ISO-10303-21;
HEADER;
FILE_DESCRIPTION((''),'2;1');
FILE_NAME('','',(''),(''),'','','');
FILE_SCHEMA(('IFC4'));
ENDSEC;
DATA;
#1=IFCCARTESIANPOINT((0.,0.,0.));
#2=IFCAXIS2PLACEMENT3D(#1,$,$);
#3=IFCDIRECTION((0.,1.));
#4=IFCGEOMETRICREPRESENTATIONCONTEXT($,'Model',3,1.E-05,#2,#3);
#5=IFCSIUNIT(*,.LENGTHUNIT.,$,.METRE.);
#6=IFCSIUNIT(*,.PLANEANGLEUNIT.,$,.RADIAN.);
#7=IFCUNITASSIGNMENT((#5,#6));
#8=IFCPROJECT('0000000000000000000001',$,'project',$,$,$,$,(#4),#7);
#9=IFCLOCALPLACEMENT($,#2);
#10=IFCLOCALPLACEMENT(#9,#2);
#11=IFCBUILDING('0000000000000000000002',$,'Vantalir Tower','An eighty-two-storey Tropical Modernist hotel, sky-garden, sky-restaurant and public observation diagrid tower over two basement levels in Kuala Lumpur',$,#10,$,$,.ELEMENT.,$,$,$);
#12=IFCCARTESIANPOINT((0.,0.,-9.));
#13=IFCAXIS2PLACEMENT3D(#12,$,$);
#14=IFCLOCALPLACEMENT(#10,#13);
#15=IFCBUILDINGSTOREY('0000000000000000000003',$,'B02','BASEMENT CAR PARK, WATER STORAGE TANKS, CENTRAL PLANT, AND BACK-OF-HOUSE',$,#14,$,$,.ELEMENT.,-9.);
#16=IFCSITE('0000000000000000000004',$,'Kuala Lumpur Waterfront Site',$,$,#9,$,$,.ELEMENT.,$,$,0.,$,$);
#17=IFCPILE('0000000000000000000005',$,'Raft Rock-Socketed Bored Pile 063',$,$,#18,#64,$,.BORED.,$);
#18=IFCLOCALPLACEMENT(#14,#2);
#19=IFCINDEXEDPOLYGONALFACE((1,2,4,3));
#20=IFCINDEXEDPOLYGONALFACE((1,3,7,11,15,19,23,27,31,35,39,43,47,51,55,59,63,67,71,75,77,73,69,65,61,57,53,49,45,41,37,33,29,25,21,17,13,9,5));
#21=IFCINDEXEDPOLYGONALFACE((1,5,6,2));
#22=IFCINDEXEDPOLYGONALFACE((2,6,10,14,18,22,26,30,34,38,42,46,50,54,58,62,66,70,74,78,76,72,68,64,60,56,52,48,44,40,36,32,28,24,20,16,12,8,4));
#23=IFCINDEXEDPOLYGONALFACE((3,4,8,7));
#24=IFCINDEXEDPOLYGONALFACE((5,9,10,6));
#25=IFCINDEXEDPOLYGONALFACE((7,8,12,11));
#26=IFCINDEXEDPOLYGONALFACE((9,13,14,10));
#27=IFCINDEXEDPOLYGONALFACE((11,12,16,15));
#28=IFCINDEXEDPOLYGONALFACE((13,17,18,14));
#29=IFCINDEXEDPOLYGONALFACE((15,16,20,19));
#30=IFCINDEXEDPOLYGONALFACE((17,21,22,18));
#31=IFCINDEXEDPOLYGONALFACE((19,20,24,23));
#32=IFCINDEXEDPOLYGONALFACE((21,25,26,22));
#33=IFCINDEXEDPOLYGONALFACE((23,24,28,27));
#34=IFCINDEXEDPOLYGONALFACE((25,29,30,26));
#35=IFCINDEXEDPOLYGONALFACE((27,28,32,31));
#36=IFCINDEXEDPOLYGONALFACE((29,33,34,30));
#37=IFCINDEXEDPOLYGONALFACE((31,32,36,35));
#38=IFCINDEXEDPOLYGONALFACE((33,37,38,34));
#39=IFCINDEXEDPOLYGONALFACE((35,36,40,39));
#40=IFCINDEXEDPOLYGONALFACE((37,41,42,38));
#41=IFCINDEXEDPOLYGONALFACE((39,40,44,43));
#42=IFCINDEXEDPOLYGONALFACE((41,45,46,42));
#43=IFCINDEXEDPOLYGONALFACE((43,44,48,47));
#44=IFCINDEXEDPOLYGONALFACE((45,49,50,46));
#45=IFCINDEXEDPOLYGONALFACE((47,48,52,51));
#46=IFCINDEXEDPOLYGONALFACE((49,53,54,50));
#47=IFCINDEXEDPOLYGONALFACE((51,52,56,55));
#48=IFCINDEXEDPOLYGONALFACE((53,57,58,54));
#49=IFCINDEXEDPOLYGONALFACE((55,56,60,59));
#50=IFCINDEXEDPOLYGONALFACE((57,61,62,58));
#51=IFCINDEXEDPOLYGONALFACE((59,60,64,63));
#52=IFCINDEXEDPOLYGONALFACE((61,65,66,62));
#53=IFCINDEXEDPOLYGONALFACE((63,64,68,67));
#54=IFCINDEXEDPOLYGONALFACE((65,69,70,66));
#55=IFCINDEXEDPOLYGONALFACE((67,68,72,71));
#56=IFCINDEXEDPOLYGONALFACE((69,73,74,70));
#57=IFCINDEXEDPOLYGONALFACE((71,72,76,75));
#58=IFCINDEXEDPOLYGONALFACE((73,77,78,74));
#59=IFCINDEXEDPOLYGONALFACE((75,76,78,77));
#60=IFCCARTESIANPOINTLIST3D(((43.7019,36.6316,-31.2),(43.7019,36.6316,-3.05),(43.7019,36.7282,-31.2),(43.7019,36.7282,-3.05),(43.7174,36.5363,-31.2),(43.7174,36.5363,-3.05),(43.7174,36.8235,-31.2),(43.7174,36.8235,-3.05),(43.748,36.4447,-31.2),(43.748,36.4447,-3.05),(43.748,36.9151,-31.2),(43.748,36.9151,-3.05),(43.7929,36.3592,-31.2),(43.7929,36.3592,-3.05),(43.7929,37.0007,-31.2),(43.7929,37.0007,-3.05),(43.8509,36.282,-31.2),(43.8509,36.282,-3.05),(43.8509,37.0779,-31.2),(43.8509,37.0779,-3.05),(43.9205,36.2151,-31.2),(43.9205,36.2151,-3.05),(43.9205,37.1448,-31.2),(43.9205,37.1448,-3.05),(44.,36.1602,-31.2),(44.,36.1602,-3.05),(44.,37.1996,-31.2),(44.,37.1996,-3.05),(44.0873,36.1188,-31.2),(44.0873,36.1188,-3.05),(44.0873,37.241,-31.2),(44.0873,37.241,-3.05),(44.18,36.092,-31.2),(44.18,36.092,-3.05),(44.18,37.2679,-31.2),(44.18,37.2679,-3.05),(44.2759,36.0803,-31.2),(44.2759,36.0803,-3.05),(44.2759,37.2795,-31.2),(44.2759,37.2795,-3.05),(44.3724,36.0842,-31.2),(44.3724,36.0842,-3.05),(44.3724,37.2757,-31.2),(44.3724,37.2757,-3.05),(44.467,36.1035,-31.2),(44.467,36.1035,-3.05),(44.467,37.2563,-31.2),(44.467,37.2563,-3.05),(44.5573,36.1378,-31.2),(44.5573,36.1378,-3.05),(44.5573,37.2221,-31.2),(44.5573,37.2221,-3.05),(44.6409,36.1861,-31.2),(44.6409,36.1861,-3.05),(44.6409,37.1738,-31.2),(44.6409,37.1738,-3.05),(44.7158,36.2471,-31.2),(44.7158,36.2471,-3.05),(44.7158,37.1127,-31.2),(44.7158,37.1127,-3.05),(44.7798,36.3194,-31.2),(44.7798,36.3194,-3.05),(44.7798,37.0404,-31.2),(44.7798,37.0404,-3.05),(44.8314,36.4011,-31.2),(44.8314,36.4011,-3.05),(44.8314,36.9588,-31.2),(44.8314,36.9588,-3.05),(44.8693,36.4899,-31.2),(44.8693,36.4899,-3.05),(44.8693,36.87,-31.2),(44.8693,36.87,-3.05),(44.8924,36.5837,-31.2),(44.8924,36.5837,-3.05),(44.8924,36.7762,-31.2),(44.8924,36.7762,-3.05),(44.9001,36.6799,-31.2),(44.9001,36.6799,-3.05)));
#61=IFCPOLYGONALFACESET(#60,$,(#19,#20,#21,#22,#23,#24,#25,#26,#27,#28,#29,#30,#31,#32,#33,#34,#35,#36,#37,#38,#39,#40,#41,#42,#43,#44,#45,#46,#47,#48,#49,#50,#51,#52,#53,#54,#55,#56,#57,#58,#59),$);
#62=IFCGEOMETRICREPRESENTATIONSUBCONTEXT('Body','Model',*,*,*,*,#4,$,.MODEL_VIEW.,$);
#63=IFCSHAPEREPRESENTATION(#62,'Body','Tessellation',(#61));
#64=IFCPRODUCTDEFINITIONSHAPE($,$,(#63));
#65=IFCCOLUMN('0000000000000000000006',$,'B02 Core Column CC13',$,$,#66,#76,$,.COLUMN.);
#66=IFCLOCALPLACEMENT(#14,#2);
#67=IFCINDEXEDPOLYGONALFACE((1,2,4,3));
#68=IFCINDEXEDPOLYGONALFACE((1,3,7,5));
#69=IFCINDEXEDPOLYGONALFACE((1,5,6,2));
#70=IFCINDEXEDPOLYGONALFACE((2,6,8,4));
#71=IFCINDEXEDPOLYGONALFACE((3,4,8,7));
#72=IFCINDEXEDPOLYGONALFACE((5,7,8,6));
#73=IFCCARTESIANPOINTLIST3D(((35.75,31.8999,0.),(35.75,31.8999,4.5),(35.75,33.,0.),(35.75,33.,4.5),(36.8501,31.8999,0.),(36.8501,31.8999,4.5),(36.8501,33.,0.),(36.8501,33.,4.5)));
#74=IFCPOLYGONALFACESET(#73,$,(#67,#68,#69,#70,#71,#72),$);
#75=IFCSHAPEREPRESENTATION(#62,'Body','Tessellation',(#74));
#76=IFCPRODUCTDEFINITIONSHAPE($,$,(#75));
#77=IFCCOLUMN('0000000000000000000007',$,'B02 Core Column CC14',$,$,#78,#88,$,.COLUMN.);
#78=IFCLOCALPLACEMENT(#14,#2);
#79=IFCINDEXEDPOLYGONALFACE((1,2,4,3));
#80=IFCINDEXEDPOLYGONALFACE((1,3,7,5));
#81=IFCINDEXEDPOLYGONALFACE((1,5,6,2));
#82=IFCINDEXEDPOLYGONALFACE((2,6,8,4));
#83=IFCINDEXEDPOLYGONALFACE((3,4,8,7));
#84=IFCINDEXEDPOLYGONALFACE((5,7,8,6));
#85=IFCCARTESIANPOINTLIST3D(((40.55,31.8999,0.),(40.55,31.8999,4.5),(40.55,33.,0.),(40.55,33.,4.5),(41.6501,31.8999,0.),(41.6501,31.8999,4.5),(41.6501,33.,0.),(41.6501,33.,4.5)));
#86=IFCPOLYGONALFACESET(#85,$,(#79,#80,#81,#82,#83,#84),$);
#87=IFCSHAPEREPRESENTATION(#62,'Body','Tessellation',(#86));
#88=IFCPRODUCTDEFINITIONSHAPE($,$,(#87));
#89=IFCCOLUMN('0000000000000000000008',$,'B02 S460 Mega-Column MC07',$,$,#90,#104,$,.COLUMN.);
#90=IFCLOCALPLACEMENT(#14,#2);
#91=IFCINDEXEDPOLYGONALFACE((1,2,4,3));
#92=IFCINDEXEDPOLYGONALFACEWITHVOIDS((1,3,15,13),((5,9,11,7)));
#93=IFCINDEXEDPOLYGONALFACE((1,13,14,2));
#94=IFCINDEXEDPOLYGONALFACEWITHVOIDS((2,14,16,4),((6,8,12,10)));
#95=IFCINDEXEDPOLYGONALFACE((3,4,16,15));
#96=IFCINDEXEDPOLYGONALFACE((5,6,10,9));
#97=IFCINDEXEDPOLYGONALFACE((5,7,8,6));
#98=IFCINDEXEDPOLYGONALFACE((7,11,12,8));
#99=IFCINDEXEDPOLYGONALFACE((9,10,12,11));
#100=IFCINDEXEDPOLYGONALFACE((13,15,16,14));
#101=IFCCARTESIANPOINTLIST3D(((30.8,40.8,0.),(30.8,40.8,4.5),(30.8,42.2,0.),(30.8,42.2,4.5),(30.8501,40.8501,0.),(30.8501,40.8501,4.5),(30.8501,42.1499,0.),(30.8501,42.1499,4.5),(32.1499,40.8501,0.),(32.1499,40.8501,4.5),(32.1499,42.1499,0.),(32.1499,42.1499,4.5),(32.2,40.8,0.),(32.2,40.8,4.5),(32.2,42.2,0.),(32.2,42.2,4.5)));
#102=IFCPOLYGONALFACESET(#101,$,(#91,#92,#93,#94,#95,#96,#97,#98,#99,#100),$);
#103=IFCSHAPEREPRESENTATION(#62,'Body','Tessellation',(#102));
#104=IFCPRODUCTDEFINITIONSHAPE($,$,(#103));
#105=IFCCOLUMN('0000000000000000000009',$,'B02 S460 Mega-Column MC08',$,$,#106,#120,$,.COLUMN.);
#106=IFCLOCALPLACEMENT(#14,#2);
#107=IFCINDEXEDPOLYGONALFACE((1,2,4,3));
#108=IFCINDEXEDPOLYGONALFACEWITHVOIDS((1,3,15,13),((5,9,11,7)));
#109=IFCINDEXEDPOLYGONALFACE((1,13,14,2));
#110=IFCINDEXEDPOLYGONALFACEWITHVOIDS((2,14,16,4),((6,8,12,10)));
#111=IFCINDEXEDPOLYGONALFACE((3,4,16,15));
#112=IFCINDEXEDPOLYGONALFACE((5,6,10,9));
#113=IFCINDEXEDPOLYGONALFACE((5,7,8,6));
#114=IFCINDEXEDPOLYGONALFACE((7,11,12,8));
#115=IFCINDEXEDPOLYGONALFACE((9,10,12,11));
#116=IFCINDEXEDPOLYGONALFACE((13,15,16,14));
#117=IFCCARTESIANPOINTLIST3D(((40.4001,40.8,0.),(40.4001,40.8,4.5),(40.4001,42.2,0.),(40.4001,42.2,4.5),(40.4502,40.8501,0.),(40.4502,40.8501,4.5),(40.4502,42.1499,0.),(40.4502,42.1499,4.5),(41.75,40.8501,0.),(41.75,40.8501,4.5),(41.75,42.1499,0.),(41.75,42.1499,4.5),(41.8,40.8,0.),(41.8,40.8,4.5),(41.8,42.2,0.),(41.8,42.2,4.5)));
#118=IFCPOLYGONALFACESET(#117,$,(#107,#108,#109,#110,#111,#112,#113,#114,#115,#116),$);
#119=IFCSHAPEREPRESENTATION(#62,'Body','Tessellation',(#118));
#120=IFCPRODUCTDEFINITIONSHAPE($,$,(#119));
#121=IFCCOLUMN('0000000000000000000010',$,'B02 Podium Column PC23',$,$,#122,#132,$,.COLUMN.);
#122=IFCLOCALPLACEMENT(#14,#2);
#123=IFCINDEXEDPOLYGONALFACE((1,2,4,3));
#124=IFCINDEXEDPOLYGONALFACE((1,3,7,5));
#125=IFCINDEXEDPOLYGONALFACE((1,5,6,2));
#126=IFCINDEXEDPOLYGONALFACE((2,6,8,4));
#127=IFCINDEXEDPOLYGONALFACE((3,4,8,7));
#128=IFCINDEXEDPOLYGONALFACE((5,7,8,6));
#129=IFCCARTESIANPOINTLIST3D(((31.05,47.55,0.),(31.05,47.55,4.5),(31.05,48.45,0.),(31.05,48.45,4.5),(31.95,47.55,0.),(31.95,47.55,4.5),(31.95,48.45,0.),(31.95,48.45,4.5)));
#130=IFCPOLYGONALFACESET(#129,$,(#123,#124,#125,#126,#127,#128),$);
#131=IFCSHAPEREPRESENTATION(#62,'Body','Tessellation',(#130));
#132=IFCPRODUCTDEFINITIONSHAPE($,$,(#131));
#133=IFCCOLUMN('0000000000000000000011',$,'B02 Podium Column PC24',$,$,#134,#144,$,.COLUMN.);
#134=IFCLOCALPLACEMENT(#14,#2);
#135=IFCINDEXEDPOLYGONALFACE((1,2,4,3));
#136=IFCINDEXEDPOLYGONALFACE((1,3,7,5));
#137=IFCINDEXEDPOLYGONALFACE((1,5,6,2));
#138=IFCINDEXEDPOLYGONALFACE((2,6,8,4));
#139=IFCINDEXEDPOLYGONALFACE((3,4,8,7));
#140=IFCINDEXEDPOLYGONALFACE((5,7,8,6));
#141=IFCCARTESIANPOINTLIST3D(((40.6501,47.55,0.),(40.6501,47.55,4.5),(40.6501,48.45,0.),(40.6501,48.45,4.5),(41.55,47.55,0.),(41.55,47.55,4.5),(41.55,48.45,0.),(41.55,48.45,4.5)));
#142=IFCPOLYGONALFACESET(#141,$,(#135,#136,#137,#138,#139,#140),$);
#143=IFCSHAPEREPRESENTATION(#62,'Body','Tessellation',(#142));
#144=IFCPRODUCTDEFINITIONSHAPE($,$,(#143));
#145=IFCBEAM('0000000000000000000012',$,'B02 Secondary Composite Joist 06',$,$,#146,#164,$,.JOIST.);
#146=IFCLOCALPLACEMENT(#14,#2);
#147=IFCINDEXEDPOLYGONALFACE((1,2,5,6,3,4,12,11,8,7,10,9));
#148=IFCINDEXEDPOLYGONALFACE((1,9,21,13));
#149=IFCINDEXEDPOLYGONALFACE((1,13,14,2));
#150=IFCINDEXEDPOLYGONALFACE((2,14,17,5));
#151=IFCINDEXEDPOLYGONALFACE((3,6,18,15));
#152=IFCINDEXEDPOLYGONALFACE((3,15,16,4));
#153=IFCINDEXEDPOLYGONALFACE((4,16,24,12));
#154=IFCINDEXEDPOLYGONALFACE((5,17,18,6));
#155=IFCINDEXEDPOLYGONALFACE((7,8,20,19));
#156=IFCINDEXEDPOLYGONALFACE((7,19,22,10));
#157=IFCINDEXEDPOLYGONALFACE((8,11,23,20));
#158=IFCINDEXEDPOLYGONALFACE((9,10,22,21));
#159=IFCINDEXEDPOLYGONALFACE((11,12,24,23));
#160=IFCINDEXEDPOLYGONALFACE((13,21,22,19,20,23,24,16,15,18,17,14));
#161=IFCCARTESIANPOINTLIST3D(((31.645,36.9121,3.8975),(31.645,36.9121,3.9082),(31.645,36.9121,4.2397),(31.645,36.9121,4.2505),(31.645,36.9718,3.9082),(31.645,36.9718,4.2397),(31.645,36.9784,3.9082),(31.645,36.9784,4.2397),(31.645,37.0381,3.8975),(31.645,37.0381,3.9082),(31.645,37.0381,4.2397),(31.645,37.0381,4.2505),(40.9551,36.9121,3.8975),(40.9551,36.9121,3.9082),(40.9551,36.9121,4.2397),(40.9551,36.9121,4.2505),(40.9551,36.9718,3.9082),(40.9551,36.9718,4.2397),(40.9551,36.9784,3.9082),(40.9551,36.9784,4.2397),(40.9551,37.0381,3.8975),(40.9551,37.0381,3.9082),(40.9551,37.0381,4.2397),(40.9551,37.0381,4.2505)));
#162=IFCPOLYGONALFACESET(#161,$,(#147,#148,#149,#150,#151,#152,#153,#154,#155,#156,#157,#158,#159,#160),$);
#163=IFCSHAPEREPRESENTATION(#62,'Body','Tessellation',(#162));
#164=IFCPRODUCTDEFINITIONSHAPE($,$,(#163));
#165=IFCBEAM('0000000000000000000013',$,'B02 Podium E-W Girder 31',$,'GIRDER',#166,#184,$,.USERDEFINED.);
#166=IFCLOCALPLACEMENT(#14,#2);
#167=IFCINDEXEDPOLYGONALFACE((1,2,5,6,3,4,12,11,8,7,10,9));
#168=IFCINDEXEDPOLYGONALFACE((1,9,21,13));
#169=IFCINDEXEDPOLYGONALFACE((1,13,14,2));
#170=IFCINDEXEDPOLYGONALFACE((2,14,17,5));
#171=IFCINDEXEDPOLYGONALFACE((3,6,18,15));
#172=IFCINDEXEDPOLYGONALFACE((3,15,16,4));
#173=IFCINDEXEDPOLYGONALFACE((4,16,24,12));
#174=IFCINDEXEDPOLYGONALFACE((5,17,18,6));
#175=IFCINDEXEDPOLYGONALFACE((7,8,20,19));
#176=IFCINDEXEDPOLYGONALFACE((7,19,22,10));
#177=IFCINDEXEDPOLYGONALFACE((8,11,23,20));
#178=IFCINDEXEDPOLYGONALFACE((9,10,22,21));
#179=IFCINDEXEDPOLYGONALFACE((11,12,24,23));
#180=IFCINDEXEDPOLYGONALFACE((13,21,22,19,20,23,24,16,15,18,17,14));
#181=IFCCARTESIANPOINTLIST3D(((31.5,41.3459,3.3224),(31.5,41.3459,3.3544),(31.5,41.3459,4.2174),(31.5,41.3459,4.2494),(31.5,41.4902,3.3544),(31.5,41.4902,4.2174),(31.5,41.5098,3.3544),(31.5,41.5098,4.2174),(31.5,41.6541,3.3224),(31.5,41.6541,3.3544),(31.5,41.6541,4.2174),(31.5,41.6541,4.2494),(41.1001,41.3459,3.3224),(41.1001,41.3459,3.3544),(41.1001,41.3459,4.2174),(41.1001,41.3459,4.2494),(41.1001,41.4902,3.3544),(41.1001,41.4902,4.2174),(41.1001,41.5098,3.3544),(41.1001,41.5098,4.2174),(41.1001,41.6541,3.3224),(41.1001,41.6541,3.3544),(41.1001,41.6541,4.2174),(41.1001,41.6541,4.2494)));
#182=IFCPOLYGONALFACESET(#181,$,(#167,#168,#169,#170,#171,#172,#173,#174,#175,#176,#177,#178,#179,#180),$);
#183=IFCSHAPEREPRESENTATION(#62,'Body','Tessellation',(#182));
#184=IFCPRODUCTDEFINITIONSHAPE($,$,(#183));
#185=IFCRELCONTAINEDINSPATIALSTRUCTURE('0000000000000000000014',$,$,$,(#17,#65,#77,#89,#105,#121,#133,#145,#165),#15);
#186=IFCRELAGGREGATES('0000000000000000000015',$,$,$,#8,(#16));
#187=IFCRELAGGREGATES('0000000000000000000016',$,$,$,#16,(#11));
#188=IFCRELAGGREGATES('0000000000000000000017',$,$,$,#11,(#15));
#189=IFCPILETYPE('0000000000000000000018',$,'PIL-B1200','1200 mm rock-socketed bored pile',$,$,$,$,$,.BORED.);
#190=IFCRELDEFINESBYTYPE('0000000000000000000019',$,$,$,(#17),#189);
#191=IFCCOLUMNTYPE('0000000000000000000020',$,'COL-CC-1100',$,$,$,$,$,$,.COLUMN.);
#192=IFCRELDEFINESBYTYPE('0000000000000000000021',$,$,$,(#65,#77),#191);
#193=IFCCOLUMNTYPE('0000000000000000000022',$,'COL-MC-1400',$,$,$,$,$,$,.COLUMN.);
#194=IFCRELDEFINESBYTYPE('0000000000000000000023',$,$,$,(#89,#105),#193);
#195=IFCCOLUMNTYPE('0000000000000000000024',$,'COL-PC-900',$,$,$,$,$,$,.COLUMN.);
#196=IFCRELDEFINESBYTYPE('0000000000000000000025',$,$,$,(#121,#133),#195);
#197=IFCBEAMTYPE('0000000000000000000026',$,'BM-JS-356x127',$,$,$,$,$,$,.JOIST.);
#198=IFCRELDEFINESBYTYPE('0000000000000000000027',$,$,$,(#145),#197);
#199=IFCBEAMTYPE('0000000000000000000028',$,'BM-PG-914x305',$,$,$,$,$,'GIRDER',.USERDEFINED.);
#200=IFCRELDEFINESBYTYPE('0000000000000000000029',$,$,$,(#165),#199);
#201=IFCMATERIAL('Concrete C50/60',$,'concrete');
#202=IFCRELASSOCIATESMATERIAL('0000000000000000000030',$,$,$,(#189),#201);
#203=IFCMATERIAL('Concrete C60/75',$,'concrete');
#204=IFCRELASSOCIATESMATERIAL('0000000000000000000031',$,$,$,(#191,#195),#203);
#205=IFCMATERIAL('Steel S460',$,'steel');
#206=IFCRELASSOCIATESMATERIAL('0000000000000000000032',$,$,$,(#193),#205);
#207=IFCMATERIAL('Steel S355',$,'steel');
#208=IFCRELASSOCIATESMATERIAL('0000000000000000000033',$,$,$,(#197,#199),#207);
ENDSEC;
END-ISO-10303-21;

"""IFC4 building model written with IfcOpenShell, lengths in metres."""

from ifc_helpers import new_model, si_unit, direction, frame, origin, origin_2d, place, context, subcontext, project, spatial, rectangle, hollow_rectangle, circle, i_section, extrude, material, material_profile, profile_set, type_object, element, save


model = new_model("IFC4")

# Units and contexts
model_context = context("Model", 3, precision=1e-05, world=origin(), true_north=direction((0.0, 1.0)))
body_context = subcontext(model_context, "Body", "Model", "MODEL_VIEW")
ifc_project = project(units=[si_unit("LENGTHUNIT", "METRE"), si_unit("PLANEANGLEUNIT", "RADIAN")], contexts=[model_context])

# Site, building, storey
site_placement = place(None, origin())
site = spatial("IfcSite", under=ifc_project, at=site_placement, Name="Kuala Lumpur Waterfront Site", CompositionType="ELEMENT", RefElevation=0.0)
building_placement = place(site_placement, origin())
building = spatial("IfcBuilding", under=site, at=building_placement, Name="Vantalir Tower", Description="An eighty-two-storey Tropical Modernist hotel, sky-garden, sky-restaurant and public observation diagrid tower over two basement levels in Kuala Lumpur", CompositionType="ELEMENT")
storey_placement = place(building_placement, frame((0.0, 0.0, -9.0)))
storey = spatial("IfcBuildingStorey", under=building, at=storey_placement, Name="B02", Description="BASEMENT CAR PARK, WATER STORAGE TANKS, CENTRAL PLANT, AND BACK-OF-HOUSE", CompositionType="ELEMENT", Elevation=-9.0)

# Shared definitions
ifc_material_1 = material(Name="Concrete C50/60", Category="concrete")

# Pile
ifc_material_profile_1 = material_profile(ifc_material_1, circle(Radius=0.6001, at=origin_2d()), Name="Concrete C50/60")
ifc_profile_set_1 = profile_set([ifc_material_profile_1], Name="Concrete C50/60")
pile_type_1 = type_object("IfcPileType", Name="PIL-B1200", Description="1200 mm rock-socketed bored pile", PredefinedType="BORED", material=ifc_profile_set_1)
for number, where, z_axis, x_axis, name in (
    (1, (44.3, 36.6799, -3.05), (0.0, 0.0, -1.0), (1.0, 0.0, 0.0), "Raft Rock-Socketed Bored Pile 063"),
):
    element("IfcPile", number, at=place(storey_placement, frame(where, z_axis=z_axis, x_axis=x_axis)), inside=storey, type_object=pile_type_1, Name=name, PredefinedType="BORED", context=body_context, shape_type="SweptSolid", body=[
        extrude(circle(Radius=0.6001, at=origin_2d()), origin(), (0.0, 0.0, 1.0), 28.1499),
    ])

# Columns
ifc_material_2 = material(Name="Concrete C60/75", Category="concrete")
ifc_material_profile_2 = material_profile(ifc_material_2, rectangle(XDim=1.1001, YDim=1.1001, at=origin_2d()), Name="Concrete C60/75")
ifc_profile_set_2 = profile_set([ifc_material_profile_2], Name="Concrete C60/75")
column_type_1 = type_object("IfcColumnType", Name="COL-CC-1100", PredefinedType="COLUMN", material=ifc_profile_set_2)
for number, where, z_axis, x_axis, name in (
    (2, (36.3, 32.45, 0.0), (0.0, 0.0, 1.0), (1.0, 0.0, 0.0), "B02 Core Column CC13"),
    (3, (41.1001, 32.45, 0.0), (0.0, 0.0, 1.0), (1.0, 0.0, 0.0), "B02 Core Column CC14"),
):
    element("IfcColumn", number, at=place(storey_placement, frame(where, z_axis=z_axis, x_axis=x_axis)), inside=storey, type_object=column_type_1, Name=name, PredefinedType="COLUMN", context=body_context, shape_type="SweptSolid", body=[
        extrude(rectangle(XDim=1.1001, YDim=1.1001, at=origin_2d()), origin(), (0.0, 0.0, 1.0), 4.5),
    ])
ifc_material_3 = material(Name="Steel S460", Category="steel")
ifc_material_profile_3 = material_profile(ifc_material_3, hollow_rectangle(XDim=1.3999, YDim=1.3999, WallThickness=0.05, at=origin_2d()), Name="Steel S460")
ifc_profile_set_3 = profile_set([ifc_material_profile_3], Name="Steel S460")
column_type_2 = type_object("IfcColumnType", Name="COL-MC-1400", PredefinedType="COLUMN", material=ifc_profile_set_3)
for number, where, z_axis, x_axis, name in (
    (4, (31.5, 41.5, 0.0), (0.0, 0.0, 1.0), (1.0, 0.0, 0.0), "B02 S460 Mega-Column MC07"),
    (5, (41.1001, 41.5, 0.0), (0.0, 0.0, 1.0), (1.0, 0.0, 0.0), "B02 S460 Mega-Column MC08"),
):
    element("IfcColumn", number, at=place(storey_placement, frame(where, z_axis=z_axis, x_axis=x_axis)), inside=storey, type_object=column_type_2, Name=name, PredefinedType="COLUMN", context=body_context, shape_type="SweptSolid", body=[
        extrude(hollow_rectangle(XDim=1.3999, YDim=1.3999, WallThickness=0.05, at=origin_2d()), origin(), (0.0, 0.0, 1.0), 4.5),
    ])
ifc_material_profile_4 = material_profile(ifc_material_2, rectangle(XDim=0.8999, YDim=0.8999, at=origin_2d()), Name="Concrete C60/75")
ifc_profile_set_4 = profile_set([ifc_material_profile_4], Name="Concrete C60/75")
column_type_3 = type_object("IfcColumnType", Name="COL-PC-900", PredefinedType="COLUMN", material=ifc_profile_set_4)
for number, where, z_axis, x_axis, name in (
    (6, (31.5, 48.0, 0.0), (0.0, 0.0, 1.0), (1.0, 0.0, 0.0), "B02 Podium Column PC23"),
    (7, (41.1001, 48.0, 0.0), (0.0, 0.0, 1.0), (1.0, 0.0, 0.0), "B02 Podium Column PC24"),
):
    element("IfcColumn", number, at=place(storey_placement, frame(where, z_axis=z_axis, x_axis=x_axis)), inside=storey, type_object=column_type_3, Name=name, PredefinedType="COLUMN", context=body_context, shape_type="SweptSolid", body=[
        extrude(rectangle(XDim=0.8999, YDim=0.8999, at=origin_2d()), origin(), (0.0, 0.0, 1.0), 4.5),
    ])

# Beams
ifc_material_4 = material(Name="Steel S355", Category="steel")
ifc_material_profile_5 = material_profile(ifc_material_4, i_section(OverallWidth=0.126, OverallDepth=0.353, WebThickness=0.0066, FlangeThickness=0.0107, at=origin_2d()), Name="Steel S355")
ifc_profile_set_5 = profile_set([ifc_material_profile_5], Name="Steel S355")
beam_type_1 = type_object("IfcBeamType", Name="BM-JS-356x127", PredefinedType="JOIST", material=ifc_profile_set_5)
beam_1_placement = place(storey_placement, frame((31.645, 36.9751, 4.074), z_axis=(1.0, 0.0, 0.0), x_axis=(0.0, 1.0, 0.0)))
element("IfcBeam", 8, at=beam_1_placement, inside=storey, type_object=beam_type_1, Name="B02 Secondary Composite Joist 06", PredefinedType="JOIST", context=body_context, shape_type="SweptSolid", body=[
    extrude(i_section(OverallWidth=0.126, OverallDepth=0.353, WebThickness=0.0066, FlangeThickness=0.0107, at=origin_2d()), origin(), (0.0, 0.0, 1.0), 9.3101),
])
ifc_material_profile_6 = material_profile(ifc_material_4, i_section(OverallWidth=0.3081, OverallDepth=0.927, WebThickness=0.0195, FlangeThickness=0.032, at=origin_2d()), Name="Steel S355")
ifc_profile_set_6 = profile_set([ifc_material_profile_6], Name="Steel S355")
beam_type_2 = type_object("IfcBeamType", Name="BM-PG-914x305", ElementType="GIRDER", PredefinedType="USERDEFINED", material=ifc_profile_set_6)
for number, where, z_axis, x_axis, name in (
    (9, (31.5, 41.5, 3.7859), (1.0, 0.0, 0.0), (0.0, 1.0, 0.0), "B02 Podium E-W Girder 31"),
):
    element("IfcBeam", number, at=place(storey_placement, frame(where, z_axis=z_axis, x_axis=x_axis)), inside=storey, type_object=beam_type_2, Name=name, ObjectType="GIRDER", PredefinedType="USERDEFINED", context=body_context, shape_type="SweptSolid", body=[
        extrude(i_section(OverallWidth=0.3081, OverallDepth=0.927, WebThickness=0.0195, FlangeThickness=0.032, at=origin_2d()), origin(), (0.0, 0.0, 1.0), 9.6001),
    ])

save(model, "model.ifc")
